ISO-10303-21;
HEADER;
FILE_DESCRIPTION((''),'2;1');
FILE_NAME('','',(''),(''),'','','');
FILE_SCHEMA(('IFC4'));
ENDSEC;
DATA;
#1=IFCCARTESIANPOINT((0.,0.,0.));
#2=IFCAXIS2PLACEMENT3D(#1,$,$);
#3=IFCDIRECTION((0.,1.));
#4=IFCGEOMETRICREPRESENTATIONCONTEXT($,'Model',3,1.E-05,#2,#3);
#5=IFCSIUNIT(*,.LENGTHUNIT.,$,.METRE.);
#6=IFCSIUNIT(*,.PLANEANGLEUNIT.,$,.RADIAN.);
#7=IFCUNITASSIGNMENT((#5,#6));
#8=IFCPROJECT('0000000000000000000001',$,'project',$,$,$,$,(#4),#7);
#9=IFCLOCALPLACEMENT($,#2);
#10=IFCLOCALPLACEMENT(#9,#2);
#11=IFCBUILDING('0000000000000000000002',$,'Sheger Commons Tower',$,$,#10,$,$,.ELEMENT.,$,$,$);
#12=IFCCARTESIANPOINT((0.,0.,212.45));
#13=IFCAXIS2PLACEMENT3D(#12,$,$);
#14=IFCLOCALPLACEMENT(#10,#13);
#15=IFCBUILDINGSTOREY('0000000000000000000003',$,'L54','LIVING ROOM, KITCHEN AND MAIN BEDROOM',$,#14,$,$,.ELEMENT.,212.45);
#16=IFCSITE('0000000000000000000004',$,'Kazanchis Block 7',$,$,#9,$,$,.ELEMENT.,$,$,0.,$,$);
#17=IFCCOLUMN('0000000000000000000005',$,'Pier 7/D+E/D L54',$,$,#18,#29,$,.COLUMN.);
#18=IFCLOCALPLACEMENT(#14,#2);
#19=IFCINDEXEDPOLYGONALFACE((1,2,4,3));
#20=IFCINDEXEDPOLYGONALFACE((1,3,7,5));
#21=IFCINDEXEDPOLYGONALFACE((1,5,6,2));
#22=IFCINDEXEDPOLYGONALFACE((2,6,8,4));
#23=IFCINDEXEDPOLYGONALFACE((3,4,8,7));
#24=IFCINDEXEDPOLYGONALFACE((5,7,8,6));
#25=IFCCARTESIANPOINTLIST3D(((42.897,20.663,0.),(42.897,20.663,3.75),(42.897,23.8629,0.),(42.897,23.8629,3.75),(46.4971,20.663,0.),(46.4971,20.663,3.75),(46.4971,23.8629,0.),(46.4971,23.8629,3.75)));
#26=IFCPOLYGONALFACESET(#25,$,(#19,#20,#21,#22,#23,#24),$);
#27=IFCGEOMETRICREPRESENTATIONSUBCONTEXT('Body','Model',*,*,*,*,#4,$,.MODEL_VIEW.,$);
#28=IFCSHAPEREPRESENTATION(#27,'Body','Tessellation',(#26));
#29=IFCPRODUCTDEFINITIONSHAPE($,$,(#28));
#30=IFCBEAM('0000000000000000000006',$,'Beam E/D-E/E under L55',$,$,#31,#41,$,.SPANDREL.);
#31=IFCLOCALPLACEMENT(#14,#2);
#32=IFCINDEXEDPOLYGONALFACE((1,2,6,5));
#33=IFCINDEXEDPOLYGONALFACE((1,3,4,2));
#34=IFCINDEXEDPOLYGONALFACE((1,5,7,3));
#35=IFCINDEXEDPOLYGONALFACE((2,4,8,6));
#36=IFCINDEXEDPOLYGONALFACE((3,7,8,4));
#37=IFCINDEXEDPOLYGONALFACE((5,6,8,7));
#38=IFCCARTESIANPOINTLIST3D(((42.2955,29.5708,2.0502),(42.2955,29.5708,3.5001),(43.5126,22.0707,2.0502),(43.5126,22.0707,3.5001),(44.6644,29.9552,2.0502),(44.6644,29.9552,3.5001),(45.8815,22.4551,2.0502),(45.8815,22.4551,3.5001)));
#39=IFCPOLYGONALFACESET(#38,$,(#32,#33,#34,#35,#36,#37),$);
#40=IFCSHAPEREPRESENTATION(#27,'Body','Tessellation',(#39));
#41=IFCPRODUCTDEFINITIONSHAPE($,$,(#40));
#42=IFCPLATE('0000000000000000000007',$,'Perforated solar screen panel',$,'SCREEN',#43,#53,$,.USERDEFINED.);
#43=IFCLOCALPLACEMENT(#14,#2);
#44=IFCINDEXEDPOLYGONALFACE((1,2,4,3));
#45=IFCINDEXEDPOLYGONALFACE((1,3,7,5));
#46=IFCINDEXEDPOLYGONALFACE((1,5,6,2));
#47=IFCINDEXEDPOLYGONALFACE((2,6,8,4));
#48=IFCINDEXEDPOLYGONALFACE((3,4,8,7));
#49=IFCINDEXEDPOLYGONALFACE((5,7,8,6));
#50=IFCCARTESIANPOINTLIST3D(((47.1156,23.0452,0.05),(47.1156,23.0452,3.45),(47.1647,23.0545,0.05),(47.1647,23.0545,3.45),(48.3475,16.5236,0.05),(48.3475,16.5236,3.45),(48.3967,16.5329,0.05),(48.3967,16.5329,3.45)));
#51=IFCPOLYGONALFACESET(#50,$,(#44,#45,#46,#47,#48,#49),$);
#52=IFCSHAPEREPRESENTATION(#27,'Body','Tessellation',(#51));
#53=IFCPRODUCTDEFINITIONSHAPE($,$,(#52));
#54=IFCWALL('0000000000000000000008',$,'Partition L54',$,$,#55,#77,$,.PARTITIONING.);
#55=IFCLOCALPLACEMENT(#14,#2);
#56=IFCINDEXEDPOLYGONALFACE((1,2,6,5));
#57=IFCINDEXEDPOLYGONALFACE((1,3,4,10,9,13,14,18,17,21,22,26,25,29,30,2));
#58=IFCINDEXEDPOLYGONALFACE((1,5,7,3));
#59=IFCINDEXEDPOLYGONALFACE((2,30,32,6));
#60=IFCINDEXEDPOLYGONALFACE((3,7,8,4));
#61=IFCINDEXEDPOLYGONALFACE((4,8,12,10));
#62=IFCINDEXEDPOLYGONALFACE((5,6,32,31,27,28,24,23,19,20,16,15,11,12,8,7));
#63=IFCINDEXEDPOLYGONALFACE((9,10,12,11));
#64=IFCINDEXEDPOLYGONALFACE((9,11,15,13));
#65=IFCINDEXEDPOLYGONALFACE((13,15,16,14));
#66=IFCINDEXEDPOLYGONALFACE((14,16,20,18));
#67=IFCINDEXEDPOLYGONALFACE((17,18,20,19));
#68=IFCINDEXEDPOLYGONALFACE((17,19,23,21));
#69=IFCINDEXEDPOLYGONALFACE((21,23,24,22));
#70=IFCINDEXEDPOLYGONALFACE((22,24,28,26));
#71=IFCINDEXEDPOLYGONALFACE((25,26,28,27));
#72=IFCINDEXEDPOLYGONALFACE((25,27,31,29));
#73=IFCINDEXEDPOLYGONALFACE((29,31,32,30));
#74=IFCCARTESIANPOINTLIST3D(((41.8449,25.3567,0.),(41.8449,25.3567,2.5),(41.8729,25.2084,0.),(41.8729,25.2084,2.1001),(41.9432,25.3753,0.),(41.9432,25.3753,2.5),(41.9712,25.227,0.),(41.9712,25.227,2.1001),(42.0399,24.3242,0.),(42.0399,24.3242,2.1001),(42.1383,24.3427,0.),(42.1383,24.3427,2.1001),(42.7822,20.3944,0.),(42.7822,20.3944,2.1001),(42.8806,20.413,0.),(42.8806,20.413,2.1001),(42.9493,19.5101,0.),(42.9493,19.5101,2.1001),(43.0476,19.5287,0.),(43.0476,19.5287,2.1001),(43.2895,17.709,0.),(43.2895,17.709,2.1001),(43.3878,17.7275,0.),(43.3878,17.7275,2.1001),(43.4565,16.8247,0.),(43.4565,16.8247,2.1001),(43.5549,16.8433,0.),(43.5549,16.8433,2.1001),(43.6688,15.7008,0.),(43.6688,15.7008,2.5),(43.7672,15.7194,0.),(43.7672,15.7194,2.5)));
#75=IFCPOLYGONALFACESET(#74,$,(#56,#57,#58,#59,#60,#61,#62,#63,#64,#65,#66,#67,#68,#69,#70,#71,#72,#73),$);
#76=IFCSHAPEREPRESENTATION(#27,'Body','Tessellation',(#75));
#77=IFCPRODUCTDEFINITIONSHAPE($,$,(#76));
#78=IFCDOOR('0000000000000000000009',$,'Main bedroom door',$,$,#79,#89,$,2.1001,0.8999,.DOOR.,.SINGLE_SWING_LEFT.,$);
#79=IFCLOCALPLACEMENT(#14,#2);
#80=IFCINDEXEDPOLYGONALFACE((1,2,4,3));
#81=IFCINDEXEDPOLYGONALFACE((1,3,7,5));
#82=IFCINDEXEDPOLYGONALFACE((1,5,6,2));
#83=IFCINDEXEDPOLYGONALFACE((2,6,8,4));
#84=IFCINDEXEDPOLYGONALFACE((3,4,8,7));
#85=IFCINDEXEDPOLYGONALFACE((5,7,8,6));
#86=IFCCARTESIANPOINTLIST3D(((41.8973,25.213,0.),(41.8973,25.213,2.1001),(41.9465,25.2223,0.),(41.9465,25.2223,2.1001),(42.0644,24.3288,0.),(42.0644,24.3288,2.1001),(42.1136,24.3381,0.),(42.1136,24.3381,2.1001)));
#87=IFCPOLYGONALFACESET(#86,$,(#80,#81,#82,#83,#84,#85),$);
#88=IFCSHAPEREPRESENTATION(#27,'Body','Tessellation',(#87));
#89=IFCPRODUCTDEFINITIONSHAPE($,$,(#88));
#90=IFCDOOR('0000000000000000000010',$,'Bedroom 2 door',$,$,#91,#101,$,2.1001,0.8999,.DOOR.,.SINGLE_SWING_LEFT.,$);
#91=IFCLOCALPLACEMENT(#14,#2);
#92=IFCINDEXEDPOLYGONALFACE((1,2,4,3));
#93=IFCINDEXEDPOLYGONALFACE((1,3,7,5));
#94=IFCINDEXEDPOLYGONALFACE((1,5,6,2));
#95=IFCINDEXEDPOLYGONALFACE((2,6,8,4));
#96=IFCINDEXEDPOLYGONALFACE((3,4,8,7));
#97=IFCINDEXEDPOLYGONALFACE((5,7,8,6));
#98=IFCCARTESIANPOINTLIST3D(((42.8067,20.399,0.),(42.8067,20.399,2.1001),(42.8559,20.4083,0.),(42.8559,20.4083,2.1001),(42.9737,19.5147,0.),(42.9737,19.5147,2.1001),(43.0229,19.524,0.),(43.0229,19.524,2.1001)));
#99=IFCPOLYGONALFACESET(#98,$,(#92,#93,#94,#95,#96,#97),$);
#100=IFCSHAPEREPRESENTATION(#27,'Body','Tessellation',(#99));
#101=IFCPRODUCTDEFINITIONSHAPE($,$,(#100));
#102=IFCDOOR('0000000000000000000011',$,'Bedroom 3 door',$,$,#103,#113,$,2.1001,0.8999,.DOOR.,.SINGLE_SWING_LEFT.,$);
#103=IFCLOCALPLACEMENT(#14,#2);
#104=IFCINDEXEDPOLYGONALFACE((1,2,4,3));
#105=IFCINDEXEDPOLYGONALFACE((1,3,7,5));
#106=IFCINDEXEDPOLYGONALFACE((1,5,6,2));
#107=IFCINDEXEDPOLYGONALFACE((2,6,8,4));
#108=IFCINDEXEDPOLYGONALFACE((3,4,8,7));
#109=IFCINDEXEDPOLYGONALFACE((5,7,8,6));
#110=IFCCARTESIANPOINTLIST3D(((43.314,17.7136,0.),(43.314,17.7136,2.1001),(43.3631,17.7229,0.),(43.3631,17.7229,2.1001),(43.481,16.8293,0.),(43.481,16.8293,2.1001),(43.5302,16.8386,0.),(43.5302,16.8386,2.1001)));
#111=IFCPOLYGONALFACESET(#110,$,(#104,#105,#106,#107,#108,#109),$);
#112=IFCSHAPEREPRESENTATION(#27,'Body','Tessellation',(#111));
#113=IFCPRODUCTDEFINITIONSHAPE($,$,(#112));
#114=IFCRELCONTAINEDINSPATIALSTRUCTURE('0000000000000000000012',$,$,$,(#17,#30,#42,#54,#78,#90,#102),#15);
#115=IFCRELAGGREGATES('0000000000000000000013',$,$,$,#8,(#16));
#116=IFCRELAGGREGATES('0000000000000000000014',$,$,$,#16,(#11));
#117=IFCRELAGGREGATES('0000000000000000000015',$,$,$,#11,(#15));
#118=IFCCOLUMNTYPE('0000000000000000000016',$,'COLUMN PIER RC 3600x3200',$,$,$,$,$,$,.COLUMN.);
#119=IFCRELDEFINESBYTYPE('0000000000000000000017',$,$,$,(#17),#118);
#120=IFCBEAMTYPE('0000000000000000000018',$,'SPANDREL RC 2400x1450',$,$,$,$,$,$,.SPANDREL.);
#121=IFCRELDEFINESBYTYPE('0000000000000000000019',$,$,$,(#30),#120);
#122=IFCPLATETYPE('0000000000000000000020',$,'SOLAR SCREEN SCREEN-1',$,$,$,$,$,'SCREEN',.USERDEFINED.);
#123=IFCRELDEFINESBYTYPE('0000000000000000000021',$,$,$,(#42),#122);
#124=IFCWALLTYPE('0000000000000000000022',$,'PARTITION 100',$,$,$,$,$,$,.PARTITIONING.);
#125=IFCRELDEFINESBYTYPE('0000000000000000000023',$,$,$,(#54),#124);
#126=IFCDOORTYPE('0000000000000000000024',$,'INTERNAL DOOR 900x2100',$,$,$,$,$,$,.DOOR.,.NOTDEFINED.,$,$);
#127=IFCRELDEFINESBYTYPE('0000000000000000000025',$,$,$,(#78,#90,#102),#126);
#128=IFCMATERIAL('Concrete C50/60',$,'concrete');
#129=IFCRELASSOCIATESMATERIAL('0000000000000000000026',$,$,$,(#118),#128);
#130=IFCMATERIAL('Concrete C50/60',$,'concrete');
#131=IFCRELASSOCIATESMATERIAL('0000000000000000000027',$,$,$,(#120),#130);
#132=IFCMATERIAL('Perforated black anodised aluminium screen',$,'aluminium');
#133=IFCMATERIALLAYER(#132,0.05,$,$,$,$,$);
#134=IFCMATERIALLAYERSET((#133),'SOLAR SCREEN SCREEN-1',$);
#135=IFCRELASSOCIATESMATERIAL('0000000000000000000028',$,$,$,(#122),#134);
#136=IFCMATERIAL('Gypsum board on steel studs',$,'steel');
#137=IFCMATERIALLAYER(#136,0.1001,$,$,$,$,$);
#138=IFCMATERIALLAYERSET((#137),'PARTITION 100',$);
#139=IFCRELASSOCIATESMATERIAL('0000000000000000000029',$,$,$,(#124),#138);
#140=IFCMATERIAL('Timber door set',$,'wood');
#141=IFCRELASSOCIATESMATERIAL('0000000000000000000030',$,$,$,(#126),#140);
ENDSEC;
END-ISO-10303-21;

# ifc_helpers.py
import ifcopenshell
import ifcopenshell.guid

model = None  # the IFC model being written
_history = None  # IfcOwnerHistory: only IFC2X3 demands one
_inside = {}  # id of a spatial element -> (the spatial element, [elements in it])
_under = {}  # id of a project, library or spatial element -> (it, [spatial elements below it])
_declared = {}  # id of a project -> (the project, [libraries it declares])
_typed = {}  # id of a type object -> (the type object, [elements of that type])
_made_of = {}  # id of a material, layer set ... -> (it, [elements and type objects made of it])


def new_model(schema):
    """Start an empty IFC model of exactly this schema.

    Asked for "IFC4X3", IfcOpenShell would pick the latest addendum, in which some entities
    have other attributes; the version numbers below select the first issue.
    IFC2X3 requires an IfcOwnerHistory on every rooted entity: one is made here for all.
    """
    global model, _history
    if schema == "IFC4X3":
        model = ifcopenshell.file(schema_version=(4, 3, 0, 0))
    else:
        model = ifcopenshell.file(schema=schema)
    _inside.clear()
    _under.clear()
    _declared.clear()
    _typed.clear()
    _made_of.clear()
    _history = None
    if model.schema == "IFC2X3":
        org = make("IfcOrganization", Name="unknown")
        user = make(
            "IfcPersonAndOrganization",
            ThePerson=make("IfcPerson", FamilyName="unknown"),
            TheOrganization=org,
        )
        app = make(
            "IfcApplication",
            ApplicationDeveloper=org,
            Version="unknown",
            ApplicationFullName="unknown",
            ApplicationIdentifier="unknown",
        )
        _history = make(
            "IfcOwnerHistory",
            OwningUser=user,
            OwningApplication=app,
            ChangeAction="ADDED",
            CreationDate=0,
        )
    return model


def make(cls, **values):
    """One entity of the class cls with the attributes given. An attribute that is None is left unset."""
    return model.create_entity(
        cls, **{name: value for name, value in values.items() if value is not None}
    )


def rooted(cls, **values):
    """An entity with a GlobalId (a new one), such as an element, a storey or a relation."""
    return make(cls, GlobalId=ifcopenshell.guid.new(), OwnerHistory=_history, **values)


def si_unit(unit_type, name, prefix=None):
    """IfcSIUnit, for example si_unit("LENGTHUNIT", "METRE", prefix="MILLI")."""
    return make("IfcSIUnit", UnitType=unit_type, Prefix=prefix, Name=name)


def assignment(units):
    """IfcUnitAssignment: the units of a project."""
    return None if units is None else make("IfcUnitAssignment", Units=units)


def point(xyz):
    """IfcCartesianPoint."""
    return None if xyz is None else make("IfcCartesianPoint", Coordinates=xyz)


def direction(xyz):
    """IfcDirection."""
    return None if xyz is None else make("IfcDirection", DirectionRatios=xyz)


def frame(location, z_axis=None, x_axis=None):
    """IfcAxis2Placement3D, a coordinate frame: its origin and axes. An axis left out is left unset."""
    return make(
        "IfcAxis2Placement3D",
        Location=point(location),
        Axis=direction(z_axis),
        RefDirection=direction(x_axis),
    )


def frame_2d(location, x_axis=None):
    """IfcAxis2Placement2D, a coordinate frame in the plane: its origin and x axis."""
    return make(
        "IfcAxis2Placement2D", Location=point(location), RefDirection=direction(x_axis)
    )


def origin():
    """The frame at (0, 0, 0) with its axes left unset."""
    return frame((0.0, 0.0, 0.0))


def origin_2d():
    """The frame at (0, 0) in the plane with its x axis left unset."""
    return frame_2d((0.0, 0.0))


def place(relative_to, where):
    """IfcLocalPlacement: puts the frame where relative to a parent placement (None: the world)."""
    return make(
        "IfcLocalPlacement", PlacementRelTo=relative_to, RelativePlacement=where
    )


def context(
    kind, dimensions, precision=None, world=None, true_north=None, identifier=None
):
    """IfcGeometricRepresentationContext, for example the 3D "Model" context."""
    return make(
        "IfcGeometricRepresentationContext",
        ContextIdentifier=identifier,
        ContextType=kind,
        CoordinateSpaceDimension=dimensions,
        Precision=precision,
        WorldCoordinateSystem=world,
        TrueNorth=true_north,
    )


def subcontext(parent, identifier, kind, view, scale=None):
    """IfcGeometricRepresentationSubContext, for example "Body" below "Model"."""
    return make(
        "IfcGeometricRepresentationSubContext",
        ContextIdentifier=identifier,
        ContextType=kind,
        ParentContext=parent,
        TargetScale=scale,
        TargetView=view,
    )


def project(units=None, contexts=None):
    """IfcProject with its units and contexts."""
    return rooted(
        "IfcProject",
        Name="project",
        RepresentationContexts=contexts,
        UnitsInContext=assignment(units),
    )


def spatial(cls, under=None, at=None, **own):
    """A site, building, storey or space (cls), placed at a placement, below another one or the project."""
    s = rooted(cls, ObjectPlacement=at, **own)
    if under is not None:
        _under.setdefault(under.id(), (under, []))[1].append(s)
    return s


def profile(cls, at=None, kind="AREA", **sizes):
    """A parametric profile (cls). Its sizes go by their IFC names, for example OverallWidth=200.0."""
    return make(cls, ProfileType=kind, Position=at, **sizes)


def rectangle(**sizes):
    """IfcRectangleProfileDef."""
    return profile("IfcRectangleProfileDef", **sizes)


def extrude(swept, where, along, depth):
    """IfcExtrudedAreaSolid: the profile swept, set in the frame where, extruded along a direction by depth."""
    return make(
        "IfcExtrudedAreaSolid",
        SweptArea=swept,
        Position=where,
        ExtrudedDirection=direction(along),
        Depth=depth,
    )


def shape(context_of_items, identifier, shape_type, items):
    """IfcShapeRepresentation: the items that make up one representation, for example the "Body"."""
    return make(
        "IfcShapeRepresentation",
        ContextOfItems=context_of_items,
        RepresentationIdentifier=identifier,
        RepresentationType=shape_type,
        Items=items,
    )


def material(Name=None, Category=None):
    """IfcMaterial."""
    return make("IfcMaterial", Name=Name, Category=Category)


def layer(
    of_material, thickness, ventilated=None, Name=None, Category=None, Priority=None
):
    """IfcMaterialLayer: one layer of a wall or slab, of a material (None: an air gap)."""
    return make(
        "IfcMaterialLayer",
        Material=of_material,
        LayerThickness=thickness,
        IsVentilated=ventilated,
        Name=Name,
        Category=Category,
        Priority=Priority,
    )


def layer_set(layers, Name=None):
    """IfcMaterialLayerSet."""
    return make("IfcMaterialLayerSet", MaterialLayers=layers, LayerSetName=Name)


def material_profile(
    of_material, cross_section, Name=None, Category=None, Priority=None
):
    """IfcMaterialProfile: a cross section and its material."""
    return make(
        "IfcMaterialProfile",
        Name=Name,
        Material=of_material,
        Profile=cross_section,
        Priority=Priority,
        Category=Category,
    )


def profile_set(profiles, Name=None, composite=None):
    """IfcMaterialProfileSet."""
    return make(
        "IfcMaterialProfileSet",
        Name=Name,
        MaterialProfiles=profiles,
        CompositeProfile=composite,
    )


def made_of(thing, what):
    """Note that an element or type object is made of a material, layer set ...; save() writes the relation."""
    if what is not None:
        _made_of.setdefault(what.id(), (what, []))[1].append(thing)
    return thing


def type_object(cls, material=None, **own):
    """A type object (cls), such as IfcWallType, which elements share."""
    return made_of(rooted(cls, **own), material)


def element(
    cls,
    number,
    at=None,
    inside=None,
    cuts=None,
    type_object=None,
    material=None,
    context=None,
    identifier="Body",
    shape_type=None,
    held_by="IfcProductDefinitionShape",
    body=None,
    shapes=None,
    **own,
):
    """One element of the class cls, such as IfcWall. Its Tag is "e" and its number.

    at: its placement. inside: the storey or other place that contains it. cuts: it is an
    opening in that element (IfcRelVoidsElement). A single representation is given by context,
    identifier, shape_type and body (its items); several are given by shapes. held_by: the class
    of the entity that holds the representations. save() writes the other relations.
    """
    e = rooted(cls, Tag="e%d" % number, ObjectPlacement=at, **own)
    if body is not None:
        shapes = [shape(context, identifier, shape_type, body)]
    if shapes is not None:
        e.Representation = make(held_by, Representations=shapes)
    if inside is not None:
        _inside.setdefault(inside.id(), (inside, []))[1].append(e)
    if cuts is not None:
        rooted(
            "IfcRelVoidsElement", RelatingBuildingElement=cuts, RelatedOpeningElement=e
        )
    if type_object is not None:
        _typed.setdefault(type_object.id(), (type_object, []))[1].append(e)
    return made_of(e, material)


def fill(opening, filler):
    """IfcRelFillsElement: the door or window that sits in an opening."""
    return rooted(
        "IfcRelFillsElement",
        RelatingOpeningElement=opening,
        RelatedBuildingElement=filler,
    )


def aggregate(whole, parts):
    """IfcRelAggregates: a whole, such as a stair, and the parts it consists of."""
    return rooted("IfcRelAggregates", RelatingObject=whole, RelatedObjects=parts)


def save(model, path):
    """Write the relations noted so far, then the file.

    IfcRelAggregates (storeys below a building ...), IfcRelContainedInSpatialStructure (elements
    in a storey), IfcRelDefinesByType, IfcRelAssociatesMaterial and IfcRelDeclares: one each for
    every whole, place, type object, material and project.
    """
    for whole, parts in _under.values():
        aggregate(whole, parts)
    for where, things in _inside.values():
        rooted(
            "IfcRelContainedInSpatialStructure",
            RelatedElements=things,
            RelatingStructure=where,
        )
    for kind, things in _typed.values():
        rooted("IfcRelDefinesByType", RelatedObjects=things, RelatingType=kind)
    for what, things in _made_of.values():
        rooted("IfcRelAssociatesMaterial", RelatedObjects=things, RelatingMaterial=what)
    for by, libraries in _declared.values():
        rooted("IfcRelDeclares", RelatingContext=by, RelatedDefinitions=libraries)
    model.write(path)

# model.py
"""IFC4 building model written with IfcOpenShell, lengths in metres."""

from ifc_helpers import new_model, si_unit, direction, frame, frame_2d, origin, origin_2d, place, context, subcontext, project, spatial, rectangle, extrude, material, layer, layer_set, material_profile, profile_set, type_object, element, fill, save


model = new_model("IFC4")

# Units and contexts
model_context = context("Model", 3, precision=1e-05, world=origin(), true_north=direction((0.0, 1.0)))
body_context = subcontext(model_context, "Body", "Model", "MODEL_VIEW")
ifc_project = project(units=[si_unit("LENGTHUNIT", "METRE"), si_unit("PLANEANGLEUNIT", "RADIAN")], contexts=[model_context])

# Site, building, storey
site_placement = place(None, origin())
site = spatial("IfcSite", under=ifc_project, at=site_placement, Name="Kazanchis Block 7", CompositionType="ELEMENT", RefElevation=0.0)
building_placement = place(site_placement, origin())
building = spatial("IfcBuilding", under=site, at=building_placement, Name="Sheger Commons Tower", CompositionType="ELEMENT")
storey_placement = place(building_placement, frame((0.0, 0.0, 212.45)))
storey = spatial("IfcBuildingStorey", under=building, at=storey_placement, Name="L54", Description="LIVING ROOM, KITCHEN AND MAIN BEDROOM", CompositionType="ELEMENT", Elevation=212.45)

# Column
ifc_material_1 = material(Name="Concrete C50/60", Category="concrete")
ifc_material_profile_1 = material_profile(ifc_material_1, rectangle(XDim=3.6001, YDim=3.2, at=origin_2d()), Name="RC 3600x3200")
ifc_profile_set_1 = profile_set([ifc_material_profile_1], Name="Concrete C50/60")
column_type = type_object("IfcColumnType", Name="COLUMN PIER RC 3600x3200", PredefinedType="COLUMN", material=ifc_profile_set_1)
column_placement = place(storey_placement, frame((44.697, 22.2629, 0.0), z_axis=(0.0, 0.0, 1.0), x_axis=(1.0, 0.0, 0.0)))
element("IfcColumn", 1, at=column_placement, inside=storey, type_object=column_type, Name="Pier 7/D+E/D L54", PredefinedType="COLUMN", context=body_context, shape_type="SweptSolid", body=[
    extrude(rectangle(XDim=3.6001, YDim=3.2, at=origin_2d()), origin(), (0.0, 0.0, 1.0), 3.75),
])

# Beam
ifc_material_2 = material(Name="Concrete C50/60", Category="concrete")
ifc_material_profile_2 = material_profile(ifc_material_2, rectangle(XDim=2.3999, YDim=1.45, at=origin_2d()), Name="RC 2400x1450")
ifc_profile_set_2 = profile_set([ifc_material_profile_2], Name="Concrete C50/60")
beam_type = type_object("IfcBeamType", Name="SPANDREL RC 2400x1450", PredefinedType="SPANDREL", material=ifc_profile_set_2)
beam_placement = place(storey_placement, frame((44.697, 22.2629, 2.7751), z_axis=(-0.160177, 0.987088, 0.0), x_axis=(-0.987088, -0.160177, 0.0)))
element("IfcBeam", 2, at=beam_placement, inside=storey, type_object=beam_type, Name="Beam E/D-E/E under L55", PredefinedType="SPANDREL", context=body_context, shape_type="SweptSolid", body=[
    extrude(rectangle(XDim=2.3999, YDim=1.45, at=origin_2d()), origin(), (0.0, 0.0, 1.0), 7.5981),
])

# Plate
ifc_material_3 = material(Name="Perforated black anodised aluminium screen", Category="aluminium")
ifc_layer_1 = layer(ifc_material_3, 0.05)
ifc_layer_set_1 = layer_set([ifc_layer_1], Name="SOLAR SCREEN SCREEN-1")
plate_type = type_object("IfcPlateType", Name="SOLAR SCREEN SCREEN-1", ElementType="SCREEN", PredefinedType="USERDEFINED", material=ifc_layer_set_1)
plate_placement = place(storey_placement, frame((47.7561, 19.7891, 0.05), z_axis=(0.0, 0.0, 1.0), x_axis=(-0.185615, 0.982623, 0.0)))
element("IfcPlate", 3, at=plate_placement, inside=storey, type_object=plate_type, Name="Perforated solar screen panel", ObjectType="SCREEN", PredefinedType="USERDEFINED", context=body_context, shape_type="SweptSolid", body=[
    extrude(rectangle(XDim=6.637, YDim=0.05, at=origin_2d()), origin(), (0.0, 0.0, 1.0), 3.3999),
])

# Wall, openings, doors
ifc_material_4 = material(Name="Gypsum board on steel studs", Category="steel")
ifc_layer_2 = layer(ifc_material_4, 0.1001)
ifc_layer_set_2 = layer_set([ifc_layer_2], Name="PARTITION 100")
wall_type = type_object("IfcWallType", Name="PARTITION 100", PredefinedType="PARTITIONING", material=ifc_layer_set_2)
wall_1_placement = place(storey_placement, frame((41.894, 25.366, 0.0), z_axis=(0.0, 0.0, 1.0), x_axis=(0.185613, -0.982623, 0.0)))
wall_1 = element("IfcWall", 4, at=wall_1_placement, inside=storey, type_object=wall_type, Name="Partition L54", PredefinedType="PARTITIONING", context=body_context, shape_type="SweptSolid", body=[
    extrude(rectangle(XDim=9.8267, YDim=0.1001, at=frame_2d((4.9133, 0.0))), origin(), (0.0, 0.0, 1.0), 2.5),
])
opening_1_placement = place(wall_1_placement, frame((0.1509, 0.0, 0.0)))
opening_1 = element("IfcOpeningElement", 5, at=opening_1_placement, cuts=wall_1, PredefinedType="OPENING", context=body_context, shape_type="SweptSolid", body=[
    extrude(rectangle(XDim=0.8999, YDim=2.1001, at=frame_2d((0.45, 1.05))), frame((0.0, 0.0601, 0.0), z_axis=(0.0, -1.0, 0.0), x_axis=(1.0, 0.0, 0.0)), (0.0, 0.0, 1.0), 0.1201),
])
opening_2_placement = place(wall_1_placement, frame((5.05, 0.0, 0.0)))
opening_2 = element("IfcOpeningElement", 6, at=opening_2_placement, cuts=wall_1, PredefinedType="OPENING", context=body_context, shape_type="SweptSolid", body=[
    extrude(rectangle(XDim=0.8999, YDim=2.1001, at=frame_2d((0.45, 1.05))), frame((0.0, 0.0601, 0.0), z_axis=(0.0, -1.0, 0.0), x_axis=(1.0, 0.0, 0.0)), (0.0, 0.0, 1.0), 0.1201),
])
opening_3_placement = place(wall_1_placement, frame((7.783, 0.0, 0.0)))
opening_3 = element("IfcOpeningElement", 7, at=opening_3_placement, cuts=wall_1, PredefinedType="OPENING", context=body_context, shape_type="SweptSolid", body=[
    extrude(rectangle(XDim=0.8999, YDim=2.1001, at=frame_2d((0.45, 1.05))), frame((0.0, 0.0601, 0.0), z_axis=(0.0, -1.0, 0.0), x_axis=(1.0, 0.0, 0.0)), (0.0, 0.0, 1.0), 0.1201),
])
ifc_material_5 = material(Name="Timber door set", Category="wood")
door_type = type_object("IfcDoorType", Name="INTERNAL DOOR 900x2100", OperationType="NOTDEFINED", PredefinedType="DOOR", material=ifc_material_5)
door_1_placement = place(opening_1_placement, origin())
door_1 = element("IfcDoor", 8, at=door_1_placement, inside=storey, type_object=door_type, Name="Main bedroom door", OperationType="SINGLE_SWING_LEFT", OverallHeight=2.1001, OverallWidth=0.8999, PredefinedType="DOOR", context=body_context, shape_type="SweptSolid", body=[
    extrude(rectangle(XDim=0.8999, YDim=2.1001, at=frame_2d((0.45, 1.05))), frame((0.0, 0.0249, 0.0), z_axis=(0.0, -1.0, 0.0), x_axis=(1.0, 0.0, 0.0)), (0.0, 0.0, 1.0), 0.05),
])
fill(opening_1, door_1)
door_2_placement = place(opening_2_placement, origin())
door_2 = element("IfcDoor", 9, at=door_2_placement, inside=storey, type_object=door_type, Name="Bedroom 2 door", OperationType="SINGLE_SWING_LEFT", OverallHeight=2.1001, OverallWidth=0.8999, PredefinedType="DOOR", context=body_context, shape_type="SweptSolid", body=[
    extrude(rectangle(XDim=0.8999, YDim=2.1001, at=frame_2d((0.45, 1.05))), frame((0.0, 0.0249, 0.0), z_axis=(0.0, -1.0, 0.0), x_axis=(1.0, 0.0, 0.0)), (0.0, 0.0, 1.0), 0.05),
])
fill(opening_2, door_2)
door_3_placement = place(opening_3_placement, origin())
door_3 = element("IfcDoor", 10, at=door_3_placement, inside=storey, type_object=door_type, Name="Bedroom 3 door", OperationType="SINGLE_SWING_LEFT", OverallHeight=2.1001, OverallWidth=0.8999, PredefinedType="DOOR", context=body_context, shape_type="SweptSolid", body=[
    extrude(rectangle(XDim=0.8999, YDim=2.1001, at=frame_2d((0.45, 1.05))), frame((0.0, 0.0249, 0.0), z_axis=(0.0, -1.0, 0.0), x_axis=(1.0, 0.0, 0.0)), (0.0, 0.0, 1.0), 0.05),
])
fill(opening_3, door_3)

save(model, "model.ifc")
